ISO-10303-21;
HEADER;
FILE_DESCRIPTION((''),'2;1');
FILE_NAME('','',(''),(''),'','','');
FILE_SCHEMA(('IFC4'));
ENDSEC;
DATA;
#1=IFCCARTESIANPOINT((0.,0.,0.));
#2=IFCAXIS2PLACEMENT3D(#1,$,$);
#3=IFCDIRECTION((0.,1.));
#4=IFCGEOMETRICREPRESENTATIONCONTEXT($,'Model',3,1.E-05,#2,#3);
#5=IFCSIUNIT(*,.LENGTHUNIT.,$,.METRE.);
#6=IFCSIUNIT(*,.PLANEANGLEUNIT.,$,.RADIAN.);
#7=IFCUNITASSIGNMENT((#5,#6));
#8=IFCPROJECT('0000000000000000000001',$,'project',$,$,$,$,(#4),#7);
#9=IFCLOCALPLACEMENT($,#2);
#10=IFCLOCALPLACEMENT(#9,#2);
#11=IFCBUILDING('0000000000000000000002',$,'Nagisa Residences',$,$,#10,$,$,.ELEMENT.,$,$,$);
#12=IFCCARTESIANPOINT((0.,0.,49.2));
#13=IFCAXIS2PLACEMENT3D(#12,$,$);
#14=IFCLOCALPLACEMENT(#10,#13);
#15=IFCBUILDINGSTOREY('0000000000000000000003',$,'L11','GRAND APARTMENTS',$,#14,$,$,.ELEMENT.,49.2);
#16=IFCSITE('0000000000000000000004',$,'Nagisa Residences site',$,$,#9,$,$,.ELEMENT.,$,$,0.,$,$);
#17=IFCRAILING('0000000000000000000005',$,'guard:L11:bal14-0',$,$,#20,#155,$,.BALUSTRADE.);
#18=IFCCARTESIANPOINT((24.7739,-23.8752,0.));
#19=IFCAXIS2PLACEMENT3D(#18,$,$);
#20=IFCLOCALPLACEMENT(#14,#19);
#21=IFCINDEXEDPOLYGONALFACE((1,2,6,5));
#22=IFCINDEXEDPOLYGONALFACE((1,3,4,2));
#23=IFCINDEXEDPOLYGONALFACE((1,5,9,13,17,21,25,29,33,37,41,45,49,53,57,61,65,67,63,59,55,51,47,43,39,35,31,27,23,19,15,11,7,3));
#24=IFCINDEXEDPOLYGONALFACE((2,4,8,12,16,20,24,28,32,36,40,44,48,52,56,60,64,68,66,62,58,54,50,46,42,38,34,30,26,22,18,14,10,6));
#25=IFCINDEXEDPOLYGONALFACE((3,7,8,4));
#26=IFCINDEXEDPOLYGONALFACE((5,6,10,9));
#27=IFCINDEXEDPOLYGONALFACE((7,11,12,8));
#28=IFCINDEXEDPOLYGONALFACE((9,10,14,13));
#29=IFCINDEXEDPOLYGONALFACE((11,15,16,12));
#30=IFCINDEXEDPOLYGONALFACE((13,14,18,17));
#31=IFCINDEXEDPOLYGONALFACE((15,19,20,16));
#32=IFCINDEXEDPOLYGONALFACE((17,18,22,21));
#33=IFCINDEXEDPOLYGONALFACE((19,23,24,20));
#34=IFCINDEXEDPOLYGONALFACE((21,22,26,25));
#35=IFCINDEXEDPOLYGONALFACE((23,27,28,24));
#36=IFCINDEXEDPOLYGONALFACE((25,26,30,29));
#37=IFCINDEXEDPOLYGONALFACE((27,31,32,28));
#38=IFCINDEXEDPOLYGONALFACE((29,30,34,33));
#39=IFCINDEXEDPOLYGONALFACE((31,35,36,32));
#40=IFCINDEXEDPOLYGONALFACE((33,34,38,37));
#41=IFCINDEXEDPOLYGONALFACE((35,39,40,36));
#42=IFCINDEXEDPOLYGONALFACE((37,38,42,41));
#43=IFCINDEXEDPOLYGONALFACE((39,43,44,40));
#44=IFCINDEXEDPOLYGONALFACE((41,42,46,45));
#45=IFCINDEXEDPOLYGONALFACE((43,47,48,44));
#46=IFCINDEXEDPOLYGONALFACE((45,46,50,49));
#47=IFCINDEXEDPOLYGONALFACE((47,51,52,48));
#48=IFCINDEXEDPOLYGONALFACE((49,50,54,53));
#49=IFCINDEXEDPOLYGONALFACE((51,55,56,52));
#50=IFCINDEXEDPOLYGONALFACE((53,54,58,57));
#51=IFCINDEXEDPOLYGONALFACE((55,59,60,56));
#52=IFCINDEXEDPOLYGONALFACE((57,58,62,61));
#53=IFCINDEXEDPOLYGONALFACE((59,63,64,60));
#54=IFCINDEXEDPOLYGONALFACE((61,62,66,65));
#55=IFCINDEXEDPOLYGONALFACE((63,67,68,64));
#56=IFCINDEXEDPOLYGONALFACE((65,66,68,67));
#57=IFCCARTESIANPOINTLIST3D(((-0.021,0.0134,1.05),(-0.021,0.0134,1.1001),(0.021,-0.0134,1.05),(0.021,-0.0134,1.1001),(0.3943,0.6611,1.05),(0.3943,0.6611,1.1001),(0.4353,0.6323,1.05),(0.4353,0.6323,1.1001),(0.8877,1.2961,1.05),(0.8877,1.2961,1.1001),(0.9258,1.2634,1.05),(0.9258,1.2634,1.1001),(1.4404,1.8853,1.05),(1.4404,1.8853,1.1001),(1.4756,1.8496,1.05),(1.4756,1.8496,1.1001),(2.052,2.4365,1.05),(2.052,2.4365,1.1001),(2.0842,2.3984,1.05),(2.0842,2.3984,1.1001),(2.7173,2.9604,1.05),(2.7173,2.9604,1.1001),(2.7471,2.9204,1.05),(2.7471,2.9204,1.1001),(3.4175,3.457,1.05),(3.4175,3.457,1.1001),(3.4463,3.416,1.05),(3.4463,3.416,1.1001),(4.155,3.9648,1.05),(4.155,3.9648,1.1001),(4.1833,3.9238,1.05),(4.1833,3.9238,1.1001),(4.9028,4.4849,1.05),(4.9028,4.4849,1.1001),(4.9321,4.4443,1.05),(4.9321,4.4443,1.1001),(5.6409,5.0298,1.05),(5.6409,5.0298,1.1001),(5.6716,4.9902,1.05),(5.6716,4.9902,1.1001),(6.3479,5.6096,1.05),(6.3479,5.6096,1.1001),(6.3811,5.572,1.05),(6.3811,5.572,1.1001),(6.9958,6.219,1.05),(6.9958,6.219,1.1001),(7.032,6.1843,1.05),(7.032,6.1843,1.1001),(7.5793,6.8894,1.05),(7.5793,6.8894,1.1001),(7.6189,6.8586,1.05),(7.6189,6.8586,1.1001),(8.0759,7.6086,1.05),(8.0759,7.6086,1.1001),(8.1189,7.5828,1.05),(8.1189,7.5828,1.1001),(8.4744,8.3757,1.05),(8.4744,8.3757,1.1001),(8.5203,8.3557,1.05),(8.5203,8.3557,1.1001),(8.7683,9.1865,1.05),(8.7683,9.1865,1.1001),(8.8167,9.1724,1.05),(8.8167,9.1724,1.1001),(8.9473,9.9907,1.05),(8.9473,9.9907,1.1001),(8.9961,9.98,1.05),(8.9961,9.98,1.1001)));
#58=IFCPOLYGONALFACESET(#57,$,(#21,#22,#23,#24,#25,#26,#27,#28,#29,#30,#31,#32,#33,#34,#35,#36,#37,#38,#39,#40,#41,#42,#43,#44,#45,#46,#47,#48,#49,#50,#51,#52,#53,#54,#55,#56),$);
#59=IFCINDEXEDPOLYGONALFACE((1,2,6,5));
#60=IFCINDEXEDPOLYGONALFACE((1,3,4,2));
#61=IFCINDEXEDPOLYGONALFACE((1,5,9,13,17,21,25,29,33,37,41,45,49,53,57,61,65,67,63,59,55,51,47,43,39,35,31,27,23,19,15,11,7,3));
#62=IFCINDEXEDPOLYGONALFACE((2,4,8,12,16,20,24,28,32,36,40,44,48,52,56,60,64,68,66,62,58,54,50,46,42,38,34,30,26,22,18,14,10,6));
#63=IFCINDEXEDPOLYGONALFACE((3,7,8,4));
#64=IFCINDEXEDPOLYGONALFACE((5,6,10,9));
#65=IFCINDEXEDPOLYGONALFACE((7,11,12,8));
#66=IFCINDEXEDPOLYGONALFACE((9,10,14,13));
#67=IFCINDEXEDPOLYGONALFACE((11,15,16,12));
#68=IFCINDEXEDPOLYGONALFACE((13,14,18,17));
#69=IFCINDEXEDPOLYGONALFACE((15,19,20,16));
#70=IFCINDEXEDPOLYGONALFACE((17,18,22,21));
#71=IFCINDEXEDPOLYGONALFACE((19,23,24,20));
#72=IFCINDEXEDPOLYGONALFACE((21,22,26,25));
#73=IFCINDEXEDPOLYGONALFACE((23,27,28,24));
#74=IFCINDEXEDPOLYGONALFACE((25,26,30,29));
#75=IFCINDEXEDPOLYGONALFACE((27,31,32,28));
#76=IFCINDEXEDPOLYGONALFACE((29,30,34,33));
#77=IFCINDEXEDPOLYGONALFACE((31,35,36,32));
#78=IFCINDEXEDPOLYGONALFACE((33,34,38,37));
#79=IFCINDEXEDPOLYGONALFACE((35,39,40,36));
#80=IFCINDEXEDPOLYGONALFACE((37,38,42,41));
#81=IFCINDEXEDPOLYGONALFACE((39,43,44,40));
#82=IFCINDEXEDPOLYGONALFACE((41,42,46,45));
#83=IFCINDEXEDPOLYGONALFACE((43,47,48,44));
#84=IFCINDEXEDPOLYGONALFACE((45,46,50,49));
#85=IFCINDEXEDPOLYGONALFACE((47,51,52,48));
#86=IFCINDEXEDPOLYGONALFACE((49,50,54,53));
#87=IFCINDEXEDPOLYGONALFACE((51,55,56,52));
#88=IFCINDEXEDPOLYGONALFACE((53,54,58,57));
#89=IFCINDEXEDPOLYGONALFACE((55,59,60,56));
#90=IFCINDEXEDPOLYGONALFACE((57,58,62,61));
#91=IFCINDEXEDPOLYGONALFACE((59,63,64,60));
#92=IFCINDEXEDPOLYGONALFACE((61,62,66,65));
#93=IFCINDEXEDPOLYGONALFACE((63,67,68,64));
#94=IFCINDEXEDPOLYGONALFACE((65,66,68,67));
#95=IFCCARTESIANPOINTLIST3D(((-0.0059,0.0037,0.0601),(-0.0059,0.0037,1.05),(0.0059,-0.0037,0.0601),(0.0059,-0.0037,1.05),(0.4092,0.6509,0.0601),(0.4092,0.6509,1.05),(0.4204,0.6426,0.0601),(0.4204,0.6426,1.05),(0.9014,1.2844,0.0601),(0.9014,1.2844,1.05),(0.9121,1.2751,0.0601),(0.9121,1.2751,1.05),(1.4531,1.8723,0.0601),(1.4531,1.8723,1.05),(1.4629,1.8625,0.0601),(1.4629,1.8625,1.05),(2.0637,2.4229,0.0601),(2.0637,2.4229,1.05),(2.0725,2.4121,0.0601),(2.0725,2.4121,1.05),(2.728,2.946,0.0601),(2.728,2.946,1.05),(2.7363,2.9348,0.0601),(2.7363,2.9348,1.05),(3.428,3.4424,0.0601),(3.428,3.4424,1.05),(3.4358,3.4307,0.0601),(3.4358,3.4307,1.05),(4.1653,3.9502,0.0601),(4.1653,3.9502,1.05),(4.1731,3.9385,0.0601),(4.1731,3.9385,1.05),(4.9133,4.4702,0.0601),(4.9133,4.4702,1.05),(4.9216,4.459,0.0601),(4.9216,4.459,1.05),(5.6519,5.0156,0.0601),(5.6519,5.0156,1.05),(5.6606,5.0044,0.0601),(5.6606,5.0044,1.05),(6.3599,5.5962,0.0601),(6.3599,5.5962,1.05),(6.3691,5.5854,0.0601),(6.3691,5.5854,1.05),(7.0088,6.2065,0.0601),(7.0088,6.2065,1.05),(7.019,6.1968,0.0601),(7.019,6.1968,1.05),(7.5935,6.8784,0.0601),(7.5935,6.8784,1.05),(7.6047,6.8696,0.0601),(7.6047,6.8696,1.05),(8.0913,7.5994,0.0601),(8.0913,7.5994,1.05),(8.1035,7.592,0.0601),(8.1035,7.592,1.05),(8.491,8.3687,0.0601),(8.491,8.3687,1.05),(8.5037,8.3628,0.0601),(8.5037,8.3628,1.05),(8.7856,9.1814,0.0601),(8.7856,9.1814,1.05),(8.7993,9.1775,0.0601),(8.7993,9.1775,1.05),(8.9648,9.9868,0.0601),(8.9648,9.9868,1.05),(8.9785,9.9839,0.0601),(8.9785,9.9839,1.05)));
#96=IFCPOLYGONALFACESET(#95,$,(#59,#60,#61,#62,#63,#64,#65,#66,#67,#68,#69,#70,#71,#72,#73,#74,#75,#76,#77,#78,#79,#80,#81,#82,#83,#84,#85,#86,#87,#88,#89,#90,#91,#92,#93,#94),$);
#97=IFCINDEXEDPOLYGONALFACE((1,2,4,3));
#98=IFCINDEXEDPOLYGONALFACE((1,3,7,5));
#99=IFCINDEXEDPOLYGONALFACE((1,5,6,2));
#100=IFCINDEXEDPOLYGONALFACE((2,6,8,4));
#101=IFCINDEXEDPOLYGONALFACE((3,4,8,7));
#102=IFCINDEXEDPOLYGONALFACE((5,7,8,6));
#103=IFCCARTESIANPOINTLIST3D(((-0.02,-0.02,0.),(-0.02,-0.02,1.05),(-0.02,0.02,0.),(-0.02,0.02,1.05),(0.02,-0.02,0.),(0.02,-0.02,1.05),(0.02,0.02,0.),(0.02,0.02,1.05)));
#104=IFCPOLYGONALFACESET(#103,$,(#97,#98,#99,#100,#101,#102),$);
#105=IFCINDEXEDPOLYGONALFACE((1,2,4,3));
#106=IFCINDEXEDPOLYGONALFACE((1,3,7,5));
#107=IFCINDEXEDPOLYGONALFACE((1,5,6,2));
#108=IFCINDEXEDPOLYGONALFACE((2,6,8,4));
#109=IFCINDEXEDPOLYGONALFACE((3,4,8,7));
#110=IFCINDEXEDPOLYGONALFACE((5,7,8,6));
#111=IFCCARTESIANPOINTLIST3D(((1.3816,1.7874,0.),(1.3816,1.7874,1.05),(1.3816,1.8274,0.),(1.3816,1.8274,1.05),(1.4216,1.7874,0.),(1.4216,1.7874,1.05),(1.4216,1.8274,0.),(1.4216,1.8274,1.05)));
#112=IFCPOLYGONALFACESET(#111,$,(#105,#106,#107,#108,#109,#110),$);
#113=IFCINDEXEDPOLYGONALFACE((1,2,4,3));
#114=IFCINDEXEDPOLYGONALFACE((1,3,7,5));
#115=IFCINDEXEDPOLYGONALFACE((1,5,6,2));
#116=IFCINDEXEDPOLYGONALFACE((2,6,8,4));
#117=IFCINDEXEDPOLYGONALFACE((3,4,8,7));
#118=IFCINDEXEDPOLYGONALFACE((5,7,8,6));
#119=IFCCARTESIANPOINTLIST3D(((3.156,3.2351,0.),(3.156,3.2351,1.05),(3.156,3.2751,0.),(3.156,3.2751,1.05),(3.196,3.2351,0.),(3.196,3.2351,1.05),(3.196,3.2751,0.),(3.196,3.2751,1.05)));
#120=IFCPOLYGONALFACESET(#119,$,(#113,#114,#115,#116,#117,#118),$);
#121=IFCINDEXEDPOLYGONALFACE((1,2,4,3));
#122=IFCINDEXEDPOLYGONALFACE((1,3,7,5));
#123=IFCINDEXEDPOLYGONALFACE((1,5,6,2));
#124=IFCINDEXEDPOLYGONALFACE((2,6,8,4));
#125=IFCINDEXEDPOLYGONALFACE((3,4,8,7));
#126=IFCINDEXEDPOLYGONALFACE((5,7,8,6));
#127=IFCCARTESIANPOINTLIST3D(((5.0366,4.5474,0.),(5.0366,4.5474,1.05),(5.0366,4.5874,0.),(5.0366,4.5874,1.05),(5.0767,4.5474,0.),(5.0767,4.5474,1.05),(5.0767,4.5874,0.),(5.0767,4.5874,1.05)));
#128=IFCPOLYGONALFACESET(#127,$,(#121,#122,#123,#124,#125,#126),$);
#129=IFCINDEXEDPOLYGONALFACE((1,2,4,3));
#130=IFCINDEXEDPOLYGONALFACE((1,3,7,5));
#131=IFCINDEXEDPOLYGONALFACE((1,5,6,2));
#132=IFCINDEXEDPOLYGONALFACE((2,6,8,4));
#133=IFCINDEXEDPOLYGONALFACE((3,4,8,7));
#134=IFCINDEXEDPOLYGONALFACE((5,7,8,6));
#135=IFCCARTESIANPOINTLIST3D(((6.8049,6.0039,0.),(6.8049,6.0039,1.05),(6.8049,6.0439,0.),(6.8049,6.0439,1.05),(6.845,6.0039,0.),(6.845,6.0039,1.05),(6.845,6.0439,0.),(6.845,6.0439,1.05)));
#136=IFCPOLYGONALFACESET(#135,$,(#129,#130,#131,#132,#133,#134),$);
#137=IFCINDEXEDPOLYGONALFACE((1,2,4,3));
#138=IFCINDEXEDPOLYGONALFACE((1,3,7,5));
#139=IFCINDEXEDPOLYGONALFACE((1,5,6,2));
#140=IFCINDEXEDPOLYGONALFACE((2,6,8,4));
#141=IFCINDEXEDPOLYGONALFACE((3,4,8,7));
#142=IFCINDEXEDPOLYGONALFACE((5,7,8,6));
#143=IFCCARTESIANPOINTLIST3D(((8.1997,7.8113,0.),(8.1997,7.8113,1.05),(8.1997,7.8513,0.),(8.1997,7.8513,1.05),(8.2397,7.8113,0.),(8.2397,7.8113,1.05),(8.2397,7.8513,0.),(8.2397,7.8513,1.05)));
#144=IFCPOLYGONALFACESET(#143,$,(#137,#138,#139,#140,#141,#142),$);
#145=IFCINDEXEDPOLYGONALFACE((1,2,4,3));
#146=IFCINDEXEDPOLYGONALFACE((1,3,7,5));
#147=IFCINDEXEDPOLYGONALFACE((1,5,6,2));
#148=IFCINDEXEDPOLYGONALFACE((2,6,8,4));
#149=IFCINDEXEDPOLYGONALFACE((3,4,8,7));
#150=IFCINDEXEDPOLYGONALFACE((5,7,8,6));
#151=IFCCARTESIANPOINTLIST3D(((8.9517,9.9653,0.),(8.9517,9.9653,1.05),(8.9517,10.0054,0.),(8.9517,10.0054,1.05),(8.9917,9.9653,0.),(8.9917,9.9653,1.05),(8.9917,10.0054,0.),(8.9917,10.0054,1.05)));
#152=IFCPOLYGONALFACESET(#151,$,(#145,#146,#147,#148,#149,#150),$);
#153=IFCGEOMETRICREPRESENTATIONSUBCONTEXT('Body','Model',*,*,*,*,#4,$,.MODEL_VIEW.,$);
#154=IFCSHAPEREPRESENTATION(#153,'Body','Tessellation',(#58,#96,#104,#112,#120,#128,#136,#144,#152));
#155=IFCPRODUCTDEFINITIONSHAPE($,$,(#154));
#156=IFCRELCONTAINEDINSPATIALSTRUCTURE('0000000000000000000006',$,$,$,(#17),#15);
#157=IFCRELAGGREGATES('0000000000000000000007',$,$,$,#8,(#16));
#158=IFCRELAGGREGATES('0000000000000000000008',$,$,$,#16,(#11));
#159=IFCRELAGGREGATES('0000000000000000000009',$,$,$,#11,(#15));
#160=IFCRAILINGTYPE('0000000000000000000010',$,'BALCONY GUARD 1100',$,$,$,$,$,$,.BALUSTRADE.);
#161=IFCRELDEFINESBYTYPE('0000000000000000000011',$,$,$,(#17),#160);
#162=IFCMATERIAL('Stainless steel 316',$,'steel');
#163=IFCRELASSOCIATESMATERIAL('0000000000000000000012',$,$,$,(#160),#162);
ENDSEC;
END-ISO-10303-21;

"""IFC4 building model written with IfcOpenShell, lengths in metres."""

from ifc_helpers import new_model, si_unit, direction, frame, origin, origin_2d, place, context, subcontext, project, spatial, polyline, rectangle, outline, extrude, material, type_object, element, save


model = new_model("IFC4")

# Units and contexts
model_context = context("Model", 3, precision=1e-05, world=origin(), true_north=direction((0.0, 1.0)))
body_context = subcontext(model_context, "Body", "Model", "MODEL_VIEW")
ifc_project = project(units=[si_unit("LENGTHUNIT", "METRE"), si_unit("PLANEANGLEUNIT", "RADIAN")], contexts=[model_context])

# Site, building, storey
site_placement = place(None, origin())
site = spatial("IfcSite", under=ifc_project, at=site_placement, Name="Nagisa Residences site", CompositionType="ELEMENT", RefElevation=0.0)
building_placement = place(site_placement, origin())
building = spatial("IfcBuilding", under=site, at=building_placement, Name="Nagisa Residences", CompositionType="ELEMENT")
storey_placement = place(building_placement, frame((0.0, 0.0, 49.2)))
storey = spatial("IfcBuildingStorey", under=building, at=storey_placement, Name="L11", Description="GRAND APARTMENTS", CompositionType="ELEMENT", Elevation=49.2)

# Railing
ifc_material_1 = material(Name="Stainless steel 316", Category="steel")
railing_type = type_object("IfcRailingType", Name="BALCONY GUARD 1100", PredefinedType="BALUSTRADE", material=ifc_material_1)
railing_1_placement = place(storey_placement, frame((24.7739, -23.8752, 0.0)))
element("IfcRailing", 1, at=railing_1_placement, inside=storey, type_object=railing_type, Name="guard:L11:bal14-0", PredefinedType="BALUSTRADE", context=body_context, shape_type="SweptSolid", body=[
    extrude(outline(polyline([(0.3943, 0.6611), (-0.021, 0.0134), (0.021, -0.0134), (0.4353, 0.6323), (0.9258, 1.2634), (1.4756, 1.8496), (2.0842, 2.3984), (2.7471, 2.9204), (3.4463, 3.416), (4.1833, 3.9238), (4.9321, 4.4443), (5.6716, 4.9902), (6.3811, 5.572), (7.032, 6.1843), (7.6189, 6.8586), (8.1189, 7.5828), (8.5203, 8.3557), (8.8167, 9.1724), (8.9961, 9.98), (8.9473, 9.9907), (8.7683, 9.1865), (8.4744, 8.3757), (8.0759, 7.6086), (7.5793, 6.8894), (6.9958, 6.219), (6.3479, 5.6096), (5.6409, 5.0298), (4.9028, 4.4849), (4.155, 3.9648), (3.4175, 3.457), (2.7173, 2.9604), (2.052, 2.4365), (1.4404, 1.8853), (0.8877, 1.2961), (0.3943, 0.6611)])), frame((0.0, 0.0, 1.05)), (0.0, 0.0, 1.0), 0.05),
    extrude(outline(polyline([(0.4092, 0.6509), (-0.0059, 0.0037), (0.0059, -0.0037), (0.4204, 0.6426), (0.9121, 1.2751), (1.4629, 1.8625), (2.0725, 2.4121), (2.7363, 2.9348), (3.4358, 3.4307), (4.1731, 3.9385), (4.9216, 4.459), (5.6606, 5.0044), (6.3691, 5.5854), (7.019, 6.1968), (7.6047, 6.8696), (8.1035, 7.592), (8.5037, 8.3628), (8.7993, 9.1775), (8.9785, 9.9839), (8.9648, 9.9868), (8.7856, 9.1814), (8.491, 8.3687), (8.0913, 7.5994), (7.5935, 6.8784), (7.0088, 6.2065), (6.3599, 5.5962), (5.6519, 5.0156), (4.9133, 4.4702), (4.1653, 3.9502), (3.428, 3.4424), (2.728, 2.946), (2.0637, 2.4229), (1.4531, 1.8723), (0.9014, 1.2844), (0.4092, 0.6509)])), frame((0.0, 0.0, 0.0601)), (0.0, 0.0, 1.0), 0.99),
    extrude(rectangle(XDim=0.04, YDim=0.04, at=origin_2d()), origin(), (0.0, 0.0, 1.0), 1.05),
    extrude(rectangle(XDim=0.04, YDim=0.04, at=origin_2d()), frame((1.4016, 1.8074, 0.0)), (0.0, 0.0, 1.0), 1.05),
    extrude(rectangle(XDim=0.04, YDim=0.04, at=origin_2d()), frame((3.176, 3.2551, 0.0)), (0.0, 0.0, 1.0), 1.05),
    extrude(rectangle(XDim=0.04, YDim=0.04, at=origin_2d()), frame((5.0566, 4.5674, 0.0)), (0.0, 0.0, 1.0), 1.05),
    extrude(rectangle(XDim=0.04, YDim=0.04, at=origin_2d()), frame((6.825, 6.0239, 0.0)), (0.0, 0.0, 1.0), 1.05),
    extrude(rectangle(XDim=0.04, YDim=0.04, at=origin_2d()), frame((8.2197, 7.8313, 0.0)), (0.0, 0.0, 1.0), 1.05),
    extrude(rectangle(XDim=0.04, YDim=0.04, at=origin_2d()), frame((8.9717, 9.9854, 0.0)), (0.0, 0.0, 1.0), 1.05),
])

save(model, "model.ifc")
